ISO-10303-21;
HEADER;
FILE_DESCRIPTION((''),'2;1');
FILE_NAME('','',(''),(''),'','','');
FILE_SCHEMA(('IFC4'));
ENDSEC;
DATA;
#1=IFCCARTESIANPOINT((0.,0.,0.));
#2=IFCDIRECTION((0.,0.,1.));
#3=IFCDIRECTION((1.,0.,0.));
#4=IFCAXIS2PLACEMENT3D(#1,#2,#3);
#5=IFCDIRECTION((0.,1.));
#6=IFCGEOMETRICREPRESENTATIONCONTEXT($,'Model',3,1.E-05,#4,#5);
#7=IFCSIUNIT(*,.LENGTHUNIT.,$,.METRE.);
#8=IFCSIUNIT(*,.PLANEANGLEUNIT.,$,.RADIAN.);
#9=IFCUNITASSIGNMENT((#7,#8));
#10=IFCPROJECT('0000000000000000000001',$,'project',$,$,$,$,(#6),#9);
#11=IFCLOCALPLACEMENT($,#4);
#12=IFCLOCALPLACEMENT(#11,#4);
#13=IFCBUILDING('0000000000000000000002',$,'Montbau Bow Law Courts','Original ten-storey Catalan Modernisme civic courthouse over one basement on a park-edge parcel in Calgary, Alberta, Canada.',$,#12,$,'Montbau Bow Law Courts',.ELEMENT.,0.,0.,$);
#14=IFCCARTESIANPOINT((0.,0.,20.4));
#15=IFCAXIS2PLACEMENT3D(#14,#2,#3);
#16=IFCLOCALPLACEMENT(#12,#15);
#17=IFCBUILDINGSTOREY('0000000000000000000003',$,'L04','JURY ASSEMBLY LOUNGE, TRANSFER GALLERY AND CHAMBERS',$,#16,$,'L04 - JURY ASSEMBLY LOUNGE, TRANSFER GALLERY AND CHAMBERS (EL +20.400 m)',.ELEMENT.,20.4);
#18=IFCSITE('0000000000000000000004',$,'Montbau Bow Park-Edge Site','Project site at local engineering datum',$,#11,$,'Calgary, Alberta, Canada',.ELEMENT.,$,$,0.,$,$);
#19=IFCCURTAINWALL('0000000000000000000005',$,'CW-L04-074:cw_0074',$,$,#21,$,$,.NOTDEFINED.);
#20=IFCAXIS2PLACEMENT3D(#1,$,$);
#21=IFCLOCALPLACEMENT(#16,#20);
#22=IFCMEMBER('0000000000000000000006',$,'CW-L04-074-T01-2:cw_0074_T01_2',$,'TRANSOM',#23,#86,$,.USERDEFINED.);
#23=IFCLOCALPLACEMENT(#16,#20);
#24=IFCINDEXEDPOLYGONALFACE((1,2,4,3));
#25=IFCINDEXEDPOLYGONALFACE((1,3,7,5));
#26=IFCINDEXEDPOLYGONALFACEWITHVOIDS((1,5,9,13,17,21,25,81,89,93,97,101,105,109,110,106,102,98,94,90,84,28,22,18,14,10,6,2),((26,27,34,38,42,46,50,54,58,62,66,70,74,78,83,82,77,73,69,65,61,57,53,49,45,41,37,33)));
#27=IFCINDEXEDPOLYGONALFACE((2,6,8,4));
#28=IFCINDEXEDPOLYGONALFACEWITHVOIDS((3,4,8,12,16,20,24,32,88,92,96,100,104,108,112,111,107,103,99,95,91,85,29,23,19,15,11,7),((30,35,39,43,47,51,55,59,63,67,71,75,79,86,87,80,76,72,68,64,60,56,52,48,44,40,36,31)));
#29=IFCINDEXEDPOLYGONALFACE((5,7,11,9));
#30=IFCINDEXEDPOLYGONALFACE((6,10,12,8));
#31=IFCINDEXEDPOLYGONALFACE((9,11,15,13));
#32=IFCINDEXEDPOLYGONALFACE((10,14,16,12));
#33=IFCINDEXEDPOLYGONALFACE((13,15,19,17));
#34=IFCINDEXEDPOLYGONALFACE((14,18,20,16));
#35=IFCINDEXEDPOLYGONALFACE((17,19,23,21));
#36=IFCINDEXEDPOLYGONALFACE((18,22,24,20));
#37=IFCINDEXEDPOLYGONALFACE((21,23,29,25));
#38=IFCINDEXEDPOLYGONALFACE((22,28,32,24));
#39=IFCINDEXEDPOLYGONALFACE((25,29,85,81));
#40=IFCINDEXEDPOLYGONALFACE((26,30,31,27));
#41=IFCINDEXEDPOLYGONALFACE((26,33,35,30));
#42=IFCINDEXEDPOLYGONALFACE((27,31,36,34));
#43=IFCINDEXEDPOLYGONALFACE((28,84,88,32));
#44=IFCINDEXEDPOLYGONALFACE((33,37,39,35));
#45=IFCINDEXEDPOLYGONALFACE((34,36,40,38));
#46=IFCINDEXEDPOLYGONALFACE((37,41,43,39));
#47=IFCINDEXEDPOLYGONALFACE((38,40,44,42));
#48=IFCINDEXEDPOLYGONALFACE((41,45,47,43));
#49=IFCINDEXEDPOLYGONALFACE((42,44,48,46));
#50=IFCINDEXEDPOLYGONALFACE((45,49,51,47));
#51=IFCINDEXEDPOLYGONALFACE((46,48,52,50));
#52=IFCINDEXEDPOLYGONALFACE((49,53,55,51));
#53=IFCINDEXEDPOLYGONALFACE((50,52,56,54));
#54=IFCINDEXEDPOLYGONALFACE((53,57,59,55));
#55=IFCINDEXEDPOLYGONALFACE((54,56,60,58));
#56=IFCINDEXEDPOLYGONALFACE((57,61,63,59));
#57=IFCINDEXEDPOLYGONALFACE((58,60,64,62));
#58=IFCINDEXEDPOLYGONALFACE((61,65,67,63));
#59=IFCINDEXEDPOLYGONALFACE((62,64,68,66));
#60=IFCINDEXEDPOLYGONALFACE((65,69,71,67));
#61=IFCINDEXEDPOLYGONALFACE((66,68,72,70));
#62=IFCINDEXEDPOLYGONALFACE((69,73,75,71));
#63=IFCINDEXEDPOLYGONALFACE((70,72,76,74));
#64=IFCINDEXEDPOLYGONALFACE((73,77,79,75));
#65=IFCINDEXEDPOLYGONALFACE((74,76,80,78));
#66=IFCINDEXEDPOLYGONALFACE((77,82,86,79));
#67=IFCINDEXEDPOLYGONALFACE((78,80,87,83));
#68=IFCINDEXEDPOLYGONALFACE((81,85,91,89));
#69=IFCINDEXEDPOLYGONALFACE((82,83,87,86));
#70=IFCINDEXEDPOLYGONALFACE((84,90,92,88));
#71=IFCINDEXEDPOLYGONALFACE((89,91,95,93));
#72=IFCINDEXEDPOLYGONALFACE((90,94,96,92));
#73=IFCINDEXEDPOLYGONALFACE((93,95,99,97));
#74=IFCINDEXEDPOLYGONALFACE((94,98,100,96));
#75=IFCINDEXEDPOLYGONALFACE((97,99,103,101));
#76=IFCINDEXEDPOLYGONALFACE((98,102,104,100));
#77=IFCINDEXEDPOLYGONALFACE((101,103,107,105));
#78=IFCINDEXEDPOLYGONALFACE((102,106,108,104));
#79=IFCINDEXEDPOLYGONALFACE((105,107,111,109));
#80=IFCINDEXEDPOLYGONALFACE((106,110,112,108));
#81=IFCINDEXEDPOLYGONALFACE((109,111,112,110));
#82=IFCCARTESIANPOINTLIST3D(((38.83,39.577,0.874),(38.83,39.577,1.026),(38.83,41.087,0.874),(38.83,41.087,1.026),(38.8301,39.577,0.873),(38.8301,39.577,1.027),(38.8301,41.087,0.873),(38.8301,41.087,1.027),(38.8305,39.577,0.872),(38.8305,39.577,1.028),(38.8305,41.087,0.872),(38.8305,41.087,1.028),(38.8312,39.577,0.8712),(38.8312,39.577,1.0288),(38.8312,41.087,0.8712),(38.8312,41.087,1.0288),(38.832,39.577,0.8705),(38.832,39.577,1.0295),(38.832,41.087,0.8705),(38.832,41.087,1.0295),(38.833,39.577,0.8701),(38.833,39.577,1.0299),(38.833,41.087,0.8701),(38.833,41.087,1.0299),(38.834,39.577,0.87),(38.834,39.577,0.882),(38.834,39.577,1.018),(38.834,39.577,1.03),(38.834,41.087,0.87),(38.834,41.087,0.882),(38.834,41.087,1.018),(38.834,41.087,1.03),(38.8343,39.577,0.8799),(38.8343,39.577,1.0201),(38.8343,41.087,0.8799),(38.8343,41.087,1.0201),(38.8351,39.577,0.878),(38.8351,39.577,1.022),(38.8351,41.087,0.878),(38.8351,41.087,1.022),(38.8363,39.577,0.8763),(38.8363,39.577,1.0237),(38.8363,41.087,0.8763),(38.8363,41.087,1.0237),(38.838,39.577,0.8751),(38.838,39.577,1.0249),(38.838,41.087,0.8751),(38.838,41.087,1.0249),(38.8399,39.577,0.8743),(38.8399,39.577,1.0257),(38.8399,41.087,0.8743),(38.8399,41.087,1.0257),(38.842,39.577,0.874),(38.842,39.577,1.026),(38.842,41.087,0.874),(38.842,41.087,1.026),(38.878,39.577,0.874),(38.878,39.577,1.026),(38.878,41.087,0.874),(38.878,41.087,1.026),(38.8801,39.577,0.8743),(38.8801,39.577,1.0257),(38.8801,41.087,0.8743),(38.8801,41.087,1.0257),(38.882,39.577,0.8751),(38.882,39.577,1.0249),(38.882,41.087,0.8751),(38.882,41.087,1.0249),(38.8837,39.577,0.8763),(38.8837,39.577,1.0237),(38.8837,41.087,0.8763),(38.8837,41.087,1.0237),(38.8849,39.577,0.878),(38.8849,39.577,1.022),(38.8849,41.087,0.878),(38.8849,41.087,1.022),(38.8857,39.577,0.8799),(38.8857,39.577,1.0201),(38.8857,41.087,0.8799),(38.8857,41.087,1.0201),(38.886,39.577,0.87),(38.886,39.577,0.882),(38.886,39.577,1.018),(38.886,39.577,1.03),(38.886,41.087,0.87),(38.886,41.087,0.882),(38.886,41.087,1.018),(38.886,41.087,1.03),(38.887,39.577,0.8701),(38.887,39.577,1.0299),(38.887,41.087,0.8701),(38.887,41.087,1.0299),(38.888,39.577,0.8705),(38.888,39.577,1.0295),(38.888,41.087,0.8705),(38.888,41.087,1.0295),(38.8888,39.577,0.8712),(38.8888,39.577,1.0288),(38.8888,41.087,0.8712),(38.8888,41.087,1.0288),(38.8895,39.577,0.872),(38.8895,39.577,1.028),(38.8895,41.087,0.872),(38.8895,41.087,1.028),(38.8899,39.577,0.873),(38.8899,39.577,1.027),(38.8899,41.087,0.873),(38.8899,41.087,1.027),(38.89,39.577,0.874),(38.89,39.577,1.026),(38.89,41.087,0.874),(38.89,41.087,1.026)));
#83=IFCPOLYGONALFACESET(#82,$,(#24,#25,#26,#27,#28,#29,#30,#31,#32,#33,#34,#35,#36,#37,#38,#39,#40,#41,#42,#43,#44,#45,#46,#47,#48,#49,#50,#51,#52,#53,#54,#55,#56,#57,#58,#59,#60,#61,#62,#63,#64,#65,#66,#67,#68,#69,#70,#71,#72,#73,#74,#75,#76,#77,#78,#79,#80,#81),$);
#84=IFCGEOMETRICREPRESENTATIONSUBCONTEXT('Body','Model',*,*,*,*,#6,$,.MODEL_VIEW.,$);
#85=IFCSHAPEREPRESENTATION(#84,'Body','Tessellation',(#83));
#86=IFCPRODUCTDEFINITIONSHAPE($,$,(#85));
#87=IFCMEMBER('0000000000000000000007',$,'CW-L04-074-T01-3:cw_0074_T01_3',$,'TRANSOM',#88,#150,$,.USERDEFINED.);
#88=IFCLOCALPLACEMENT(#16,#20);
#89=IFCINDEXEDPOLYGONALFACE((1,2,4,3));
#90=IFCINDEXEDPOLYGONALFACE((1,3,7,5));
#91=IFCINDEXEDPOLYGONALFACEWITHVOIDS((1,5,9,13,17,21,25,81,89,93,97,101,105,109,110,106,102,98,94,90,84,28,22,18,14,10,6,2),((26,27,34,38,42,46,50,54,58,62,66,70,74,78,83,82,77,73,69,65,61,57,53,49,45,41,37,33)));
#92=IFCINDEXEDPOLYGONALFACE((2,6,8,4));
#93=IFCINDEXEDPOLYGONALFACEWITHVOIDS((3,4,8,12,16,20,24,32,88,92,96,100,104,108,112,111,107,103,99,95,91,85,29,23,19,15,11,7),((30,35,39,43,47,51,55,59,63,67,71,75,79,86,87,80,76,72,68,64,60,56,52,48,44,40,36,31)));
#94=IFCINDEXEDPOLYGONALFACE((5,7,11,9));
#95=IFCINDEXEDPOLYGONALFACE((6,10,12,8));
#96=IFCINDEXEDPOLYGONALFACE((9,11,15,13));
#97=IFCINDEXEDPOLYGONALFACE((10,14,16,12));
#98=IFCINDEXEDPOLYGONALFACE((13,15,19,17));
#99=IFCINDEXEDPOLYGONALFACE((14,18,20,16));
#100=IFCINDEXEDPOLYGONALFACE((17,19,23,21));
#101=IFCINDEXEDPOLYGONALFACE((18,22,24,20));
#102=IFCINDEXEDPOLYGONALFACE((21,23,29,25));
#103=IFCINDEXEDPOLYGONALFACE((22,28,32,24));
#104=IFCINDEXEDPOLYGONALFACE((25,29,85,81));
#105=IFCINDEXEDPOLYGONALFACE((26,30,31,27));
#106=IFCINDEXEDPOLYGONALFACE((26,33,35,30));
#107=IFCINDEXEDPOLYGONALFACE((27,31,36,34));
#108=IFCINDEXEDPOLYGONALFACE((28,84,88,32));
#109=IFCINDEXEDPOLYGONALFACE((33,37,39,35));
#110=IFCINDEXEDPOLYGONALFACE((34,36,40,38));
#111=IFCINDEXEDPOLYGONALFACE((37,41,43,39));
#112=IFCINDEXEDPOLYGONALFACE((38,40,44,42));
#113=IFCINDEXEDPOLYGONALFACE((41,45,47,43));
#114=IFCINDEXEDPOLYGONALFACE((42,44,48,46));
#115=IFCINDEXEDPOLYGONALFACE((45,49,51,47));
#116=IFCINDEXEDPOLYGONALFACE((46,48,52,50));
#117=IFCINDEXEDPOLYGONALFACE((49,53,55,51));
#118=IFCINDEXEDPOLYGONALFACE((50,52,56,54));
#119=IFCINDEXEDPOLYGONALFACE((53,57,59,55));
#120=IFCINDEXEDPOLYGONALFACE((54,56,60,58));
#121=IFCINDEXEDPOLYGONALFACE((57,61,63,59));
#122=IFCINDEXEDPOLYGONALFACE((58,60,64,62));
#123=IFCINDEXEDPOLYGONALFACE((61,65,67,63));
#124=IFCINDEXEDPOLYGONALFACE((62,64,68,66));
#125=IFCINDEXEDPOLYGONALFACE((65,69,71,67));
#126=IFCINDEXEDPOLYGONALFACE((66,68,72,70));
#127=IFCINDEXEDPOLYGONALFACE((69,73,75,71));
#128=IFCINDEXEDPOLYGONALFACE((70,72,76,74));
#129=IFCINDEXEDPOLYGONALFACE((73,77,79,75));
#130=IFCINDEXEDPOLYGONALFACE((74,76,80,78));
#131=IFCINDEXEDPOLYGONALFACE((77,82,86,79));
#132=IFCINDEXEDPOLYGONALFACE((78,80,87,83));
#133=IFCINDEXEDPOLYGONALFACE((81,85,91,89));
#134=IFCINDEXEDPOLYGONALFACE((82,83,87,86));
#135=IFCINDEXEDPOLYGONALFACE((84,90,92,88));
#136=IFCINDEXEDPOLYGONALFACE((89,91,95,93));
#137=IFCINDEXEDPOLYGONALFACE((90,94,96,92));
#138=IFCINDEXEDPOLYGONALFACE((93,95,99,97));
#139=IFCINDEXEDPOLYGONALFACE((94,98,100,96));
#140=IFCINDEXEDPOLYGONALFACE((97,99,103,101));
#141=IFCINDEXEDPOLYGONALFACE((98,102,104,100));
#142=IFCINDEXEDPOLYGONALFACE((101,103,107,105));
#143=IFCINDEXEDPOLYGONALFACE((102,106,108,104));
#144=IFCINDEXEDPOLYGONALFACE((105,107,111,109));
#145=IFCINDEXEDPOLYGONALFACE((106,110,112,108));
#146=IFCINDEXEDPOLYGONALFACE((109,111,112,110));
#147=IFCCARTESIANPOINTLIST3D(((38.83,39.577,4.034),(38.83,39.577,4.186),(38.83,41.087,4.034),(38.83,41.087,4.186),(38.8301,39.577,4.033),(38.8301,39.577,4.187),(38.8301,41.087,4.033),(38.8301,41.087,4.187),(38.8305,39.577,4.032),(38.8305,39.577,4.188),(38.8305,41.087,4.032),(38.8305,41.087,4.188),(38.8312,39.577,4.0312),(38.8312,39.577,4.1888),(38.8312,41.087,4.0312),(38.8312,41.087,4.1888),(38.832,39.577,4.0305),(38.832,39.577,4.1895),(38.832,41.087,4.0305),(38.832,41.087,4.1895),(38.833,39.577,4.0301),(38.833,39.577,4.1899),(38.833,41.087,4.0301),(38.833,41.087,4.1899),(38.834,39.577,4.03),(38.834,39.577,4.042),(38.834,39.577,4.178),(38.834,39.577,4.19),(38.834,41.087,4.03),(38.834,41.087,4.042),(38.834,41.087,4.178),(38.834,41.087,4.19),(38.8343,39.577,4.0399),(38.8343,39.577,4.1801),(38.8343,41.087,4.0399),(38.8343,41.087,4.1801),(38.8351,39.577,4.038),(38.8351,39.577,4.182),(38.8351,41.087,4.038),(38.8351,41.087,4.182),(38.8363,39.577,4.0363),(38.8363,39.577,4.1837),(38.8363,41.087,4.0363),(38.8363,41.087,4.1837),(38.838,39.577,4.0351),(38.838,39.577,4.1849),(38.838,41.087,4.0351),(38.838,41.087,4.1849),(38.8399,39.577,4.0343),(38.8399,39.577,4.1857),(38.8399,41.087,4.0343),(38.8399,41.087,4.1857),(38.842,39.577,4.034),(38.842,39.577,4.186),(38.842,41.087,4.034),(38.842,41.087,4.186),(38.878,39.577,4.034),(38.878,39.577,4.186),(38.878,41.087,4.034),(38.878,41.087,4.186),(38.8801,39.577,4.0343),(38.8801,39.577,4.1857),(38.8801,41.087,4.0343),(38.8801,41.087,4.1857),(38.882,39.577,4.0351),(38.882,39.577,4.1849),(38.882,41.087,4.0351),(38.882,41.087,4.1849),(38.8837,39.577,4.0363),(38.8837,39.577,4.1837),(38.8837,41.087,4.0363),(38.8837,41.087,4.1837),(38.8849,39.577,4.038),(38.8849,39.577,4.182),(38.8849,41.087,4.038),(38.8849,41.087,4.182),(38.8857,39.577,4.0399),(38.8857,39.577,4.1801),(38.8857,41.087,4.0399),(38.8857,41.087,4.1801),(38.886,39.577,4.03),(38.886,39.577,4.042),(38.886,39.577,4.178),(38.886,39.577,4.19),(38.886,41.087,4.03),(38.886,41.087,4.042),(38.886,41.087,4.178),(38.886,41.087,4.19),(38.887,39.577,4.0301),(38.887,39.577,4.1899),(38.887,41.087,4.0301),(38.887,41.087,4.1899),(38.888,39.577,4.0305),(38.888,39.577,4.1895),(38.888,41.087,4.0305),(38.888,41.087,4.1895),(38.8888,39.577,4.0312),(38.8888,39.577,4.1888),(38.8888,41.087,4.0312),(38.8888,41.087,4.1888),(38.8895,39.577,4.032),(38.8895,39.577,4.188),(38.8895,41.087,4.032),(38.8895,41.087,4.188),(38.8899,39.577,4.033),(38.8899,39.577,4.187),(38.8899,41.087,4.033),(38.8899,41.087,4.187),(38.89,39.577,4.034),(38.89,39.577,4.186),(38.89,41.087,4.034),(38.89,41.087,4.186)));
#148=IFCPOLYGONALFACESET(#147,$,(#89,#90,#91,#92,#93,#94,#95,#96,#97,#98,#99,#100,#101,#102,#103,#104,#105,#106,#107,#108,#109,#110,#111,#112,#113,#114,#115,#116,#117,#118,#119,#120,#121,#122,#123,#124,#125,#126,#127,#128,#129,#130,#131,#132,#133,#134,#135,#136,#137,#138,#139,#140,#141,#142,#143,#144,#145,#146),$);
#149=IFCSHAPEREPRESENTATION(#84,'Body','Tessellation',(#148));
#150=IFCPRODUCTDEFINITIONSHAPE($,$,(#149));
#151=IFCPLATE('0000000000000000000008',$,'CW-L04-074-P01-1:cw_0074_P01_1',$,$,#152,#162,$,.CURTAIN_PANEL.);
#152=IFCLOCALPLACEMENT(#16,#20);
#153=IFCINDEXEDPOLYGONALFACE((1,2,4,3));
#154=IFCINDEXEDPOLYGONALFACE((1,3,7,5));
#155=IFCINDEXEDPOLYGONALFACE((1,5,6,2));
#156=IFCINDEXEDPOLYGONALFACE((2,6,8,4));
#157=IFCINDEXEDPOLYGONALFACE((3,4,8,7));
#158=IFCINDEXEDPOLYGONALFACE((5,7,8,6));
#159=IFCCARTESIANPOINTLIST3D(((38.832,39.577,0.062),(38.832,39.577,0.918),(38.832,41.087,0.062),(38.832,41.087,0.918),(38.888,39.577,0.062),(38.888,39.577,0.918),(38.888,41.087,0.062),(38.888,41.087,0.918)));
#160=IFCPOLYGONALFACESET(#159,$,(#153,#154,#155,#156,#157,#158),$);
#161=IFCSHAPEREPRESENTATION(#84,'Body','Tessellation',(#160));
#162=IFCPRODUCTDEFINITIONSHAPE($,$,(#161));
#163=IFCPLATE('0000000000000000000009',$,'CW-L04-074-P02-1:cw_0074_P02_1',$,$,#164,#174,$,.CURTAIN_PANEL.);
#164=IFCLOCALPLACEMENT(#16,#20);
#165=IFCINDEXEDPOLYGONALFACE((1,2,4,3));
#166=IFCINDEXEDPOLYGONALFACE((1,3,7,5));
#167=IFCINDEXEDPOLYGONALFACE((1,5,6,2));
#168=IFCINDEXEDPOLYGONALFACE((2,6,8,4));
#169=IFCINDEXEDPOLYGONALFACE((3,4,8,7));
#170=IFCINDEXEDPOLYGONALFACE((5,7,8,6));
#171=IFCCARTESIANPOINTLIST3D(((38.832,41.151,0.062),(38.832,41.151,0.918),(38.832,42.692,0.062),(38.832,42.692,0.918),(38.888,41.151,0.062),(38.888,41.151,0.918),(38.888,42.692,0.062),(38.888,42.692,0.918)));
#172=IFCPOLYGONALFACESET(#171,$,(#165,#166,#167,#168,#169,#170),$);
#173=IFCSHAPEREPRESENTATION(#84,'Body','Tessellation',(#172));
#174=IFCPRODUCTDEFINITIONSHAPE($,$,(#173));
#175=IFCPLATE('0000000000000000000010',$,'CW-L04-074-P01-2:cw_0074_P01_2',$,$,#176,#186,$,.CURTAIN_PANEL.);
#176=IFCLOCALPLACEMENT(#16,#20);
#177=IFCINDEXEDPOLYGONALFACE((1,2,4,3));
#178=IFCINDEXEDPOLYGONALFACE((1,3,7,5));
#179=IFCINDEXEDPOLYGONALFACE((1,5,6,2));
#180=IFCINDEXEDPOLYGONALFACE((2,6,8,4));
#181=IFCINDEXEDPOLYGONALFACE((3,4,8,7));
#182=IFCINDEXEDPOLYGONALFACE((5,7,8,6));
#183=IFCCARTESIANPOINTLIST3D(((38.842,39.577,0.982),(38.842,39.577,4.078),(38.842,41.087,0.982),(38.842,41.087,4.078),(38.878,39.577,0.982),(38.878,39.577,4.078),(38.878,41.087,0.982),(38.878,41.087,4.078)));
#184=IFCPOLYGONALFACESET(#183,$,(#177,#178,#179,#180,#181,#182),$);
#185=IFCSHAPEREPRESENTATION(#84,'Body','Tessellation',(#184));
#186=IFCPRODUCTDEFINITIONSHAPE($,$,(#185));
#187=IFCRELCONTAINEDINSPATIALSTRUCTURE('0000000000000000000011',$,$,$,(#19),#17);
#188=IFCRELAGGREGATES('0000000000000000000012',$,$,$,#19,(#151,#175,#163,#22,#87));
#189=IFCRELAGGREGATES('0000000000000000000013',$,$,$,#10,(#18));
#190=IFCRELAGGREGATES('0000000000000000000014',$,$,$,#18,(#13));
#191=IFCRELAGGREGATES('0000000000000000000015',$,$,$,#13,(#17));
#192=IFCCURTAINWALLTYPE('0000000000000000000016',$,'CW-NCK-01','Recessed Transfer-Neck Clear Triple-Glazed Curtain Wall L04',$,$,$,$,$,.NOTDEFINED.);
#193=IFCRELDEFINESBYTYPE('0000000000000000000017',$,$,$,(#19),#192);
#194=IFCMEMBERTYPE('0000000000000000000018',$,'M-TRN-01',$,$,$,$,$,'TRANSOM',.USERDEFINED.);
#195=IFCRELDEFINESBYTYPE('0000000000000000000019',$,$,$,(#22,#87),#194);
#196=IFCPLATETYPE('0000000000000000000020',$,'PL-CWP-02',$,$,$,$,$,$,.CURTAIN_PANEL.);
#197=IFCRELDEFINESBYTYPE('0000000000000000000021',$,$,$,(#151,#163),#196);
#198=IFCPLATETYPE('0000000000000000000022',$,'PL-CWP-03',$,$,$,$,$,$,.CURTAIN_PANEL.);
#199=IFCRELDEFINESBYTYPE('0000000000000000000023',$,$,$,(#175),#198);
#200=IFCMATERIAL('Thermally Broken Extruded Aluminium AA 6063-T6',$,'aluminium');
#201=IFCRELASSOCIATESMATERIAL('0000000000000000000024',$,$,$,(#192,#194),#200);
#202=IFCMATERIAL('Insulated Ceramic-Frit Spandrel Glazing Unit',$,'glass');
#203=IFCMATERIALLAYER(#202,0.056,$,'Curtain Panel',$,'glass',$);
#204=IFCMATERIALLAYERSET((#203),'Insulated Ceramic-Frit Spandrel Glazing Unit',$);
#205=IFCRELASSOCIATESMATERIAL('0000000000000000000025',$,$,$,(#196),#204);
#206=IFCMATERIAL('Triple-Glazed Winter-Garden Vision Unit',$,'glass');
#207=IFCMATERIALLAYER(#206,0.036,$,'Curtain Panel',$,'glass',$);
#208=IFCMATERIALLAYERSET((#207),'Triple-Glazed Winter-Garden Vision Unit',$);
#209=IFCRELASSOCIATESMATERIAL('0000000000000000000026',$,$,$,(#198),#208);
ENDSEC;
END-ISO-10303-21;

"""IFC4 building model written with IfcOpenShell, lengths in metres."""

from ifc_helpers import new_model, si_unit, direction, frame, frame_2d, origin_with_axes, origin_2d_with_axis, place, context, subcontext, project, spatial, rectangle, hollow_rectangle, extrude, material, layer, layer_set, material_profile, profile_set, type_object, element, aggregate, save


model = new_model("IFC4")

# Units and contexts
model_context = context("Model", 3, precision=1e-05, world=origin_with_axes(), true_north=direction((0.0, 1.0)))
body_context = subcontext(model_context, "Body", "Model", "MODEL_VIEW")
ifc_project = project(units=[si_unit("LENGTHUNIT", "METRE"), si_unit("PLANEANGLEUNIT", "RADIAN")], contexts=[model_context])

# Site, building, storey
site_placement = place(None, origin_with_axes())
site = spatial("IfcSite", under=ifc_project, at=site_placement, Name="Montbau Bow Park-Edge Site", Description="Project site at local engineering datum", LongName="Calgary, Alberta, Canada", CompositionType="ELEMENT", RefElevation=0.0)
building_placement = place(site_placement, origin_with_axes())
building = spatial("IfcBuilding", under=site, at=building_placement, Name="Montbau Bow Law Courts", Description="Original ten-storey Catalan Modernisme civic courthouse over one basement on a park-edge parcel in Calgary, Alberta, Canada.", LongName="Montbau Bow Law Courts", CompositionType="ELEMENT", ElevationOfRefHeight=0.0, ElevationOfTerrain=0.0)
storey_placement = place(building_placement, frame((0.0, 0.0, 20.4), z_axis=(0.0, 0.0, 1.0), x_axis=(1.0, 0.0, 0.0)))
storey = spatial("IfcBuildingStorey", under=building, at=storey_placement, Name="L04", Description="JURY ASSEMBLY LOUNGE, TRANSFER GALLERY AND CHAMBERS", LongName="L04 - JURY ASSEMBLY LOUNGE, TRANSFER GALLERY AND CHAMBERS (EL +20.400 m)", CompositionType="ELEMENT", Elevation=20.4)

# Shared definitions
ifc_material_1 = material(Name="Thermally Broken Extruded Aluminium AA 6063-T6", Category="aluminium")
curtain_wall_type = type_object("IfcCurtainWallType", Name="CW-NCK-01", Description="Recessed Transfer-Neck Clear Triple-Glazed Curtain Wall L04", PredefinedType="NOTDEFINED", material=ifc_material_1)

# Curtain wall
curtain_wall_1_placement = place(None, frame((38.86, 39.515, 20.4), z_axis=(0.0, 0.0, 1.0), x_axis=(1.0, 0.0, 0.0)))
curtain_wall_1 = element("IfcCurtainWall", 1, at=curtain_wall_1_placement, inside=storey, type_object=curtain_wall_type, Name="CW-L04-074:cw_0074", PredefinedType="NOTDEFINED")

# Members
ifc_material_profile_1 = material_profile(ifc_material_1, hollow_rectangle(XDim=0.06, YDim=0.16, WallThickness=0.004, InnerFilletRadius=0.008, OuterFilletRadius=0.004, at=origin_2d_with_axis()), Name="CWT-160X60", Category="Main", Priority=0)
ifc_profile_set_1 = profile_set([ifc_material_profile_1], Name="Thermally Broken Extruded Aluminium AA 6063-T6")
member_type_1 = type_object("IfcMemberType", Name="M-TRN-01", ElementType="TRANSOM", PredefinedType="USERDEFINED", material=ifc_profile_set_1)
member_1_placement = place(None, frame((38.86, 39.577, 21.35), z_axis=(0.0, 1.0, 0.0), x_axis=(-1.0, 0.0, 0.0)))
member_1 = element("IfcMember", 2, at=member_1_placement, type_object=member_type_1, Name="CW-L04-074-T01-2:cw_0074_T01_2", ObjectType="TRANSOM", PredefinedType="USERDEFINED", context=body_context, shape_type="SweptSolid", body=[
    extrude(hollow_rectangle(XDim=0.06, YDim=0.16, WallThickness=0.004, InnerFilletRadius=0.008, OuterFilletRadius=0.004, at=origin_2d_with_axis()), origin_with_axes(), (0.0, 0.0, 1.0), 1.51),
])
member_2_placement = place(None, frame((38.86, 39.577, 24.51), z_axis=(0.0, 1.0, 0.0), x_axis=(-1.0, 0.0, 0.0)))
member_2 = element("IfcMember", 3, at=member_2_placement, type_object=member_type_1, Name="CW-L04-074-T01-3:cw_0074_T01_3", ObjectType="TRANSOM", PredefinedType="USERDEFINED", context=body_context, shape_type="SweptSolid", body=[
    extrude(hollow_rectangle(XDim=0.06, YDim=0.16, WallThickness=0.004, InnerFilletRadius=0.008, OuterFilletRadius=0.004, at=origin_2d_with_axis()), origin_with_axes(), (0.0, 0.0, 1.0), 1.51),
])

# Plates
ifc_material_2 = material(Name="Insulated Ceramic-Frit Spandrel Glazing Unit", Category="glass")
ifc_layer_1 = layer(ifc_material_2, 0.056, Name="Curtain Panel", Category="glass")
ifc_layer_set_1 = layer_set([ifc_layer_1], Name="Insulated Ceramic-Frit Spandrel Glazing Unit")
plate_type_1 = type_object("IfcPlateType", Name="PL-CWP-02", PredefinedType="CURTAIN_PANEL", material=ifc_layer_set_1)
plate_1_placement = place(None, frame((38.86, 39.577, 20.462), z_axis=(1.0, 0.0, 0.0), x_axis=(0.0, 1.0, 0.0)))
plate_1 = element("IfcPlate", 4, at=plate_1_placement, type_object=plate_type_1, Name="CW-L04-074-P01-1:cw_0074_P01_1", PredefinedType="CURTAIN_PANEL", context=body_context, shape_type="SweptSolid", body=[
    extrude(rectangle(XDim=1.51, YDim=0.856, at=frame_2d((0.755, 0.428), x_axis=(1.0, 0.0))), frame((0.0, 0.0, -0.028), z_axis=(0.0, 0.0, 1.0), x_axis=(1.0, 0.0, 0.0)), (0.0, 0.0, 1.0), 0.056),
])
plate_2_placement = place(None, frame((38.86, 41.151, 20.462), z_axis=(1.0, 0.0, 0.0), x_axis=(0.0, 1.0, 0.0)))
plate_2 = element("IfcPlate", 5, at=plate_2_placement, type_object=plate_type_1, Name="CW-L04-074-P02-1:cw_0074_P02_1", PredefinedType="CURTAIN_PANEL", context=body_context, shape_type="SweptSolid", body=[
    extrude(rectangle(XDim=1.541, YDim=0.856, at=frame_2d((0.7705, 0.428), x_axis=(1.0, 0.0))), frame((0.0, 0.0, -0.028), z_axis=(0.0, 0.0, 1.0), x_axis=(1.0, 0.0, 0.0)), (0.0, 0.0, 1.0), 0.056),
])
ifc_material_3 = material(Name="Triple-Glazed Winter-Garden Vision Unit", Category="glass")
ifc_layer_2 = layer(ifc_material_3, 0.036, Name="Curtain Panel", Category="glass")
ifc_layer_set_2 = layer_set([ifc_layer_2], Name="Triple-Glazed Winter-Garden Vision Unit")
plate_type_2 = type_object("IfcPlateType", Name="PL-CWP-03", PredefinedType="CURTAIN_PANEL", material=ifc_layer_set_2)
plate_3_placement = place(None, frame((38.86, 39.577, 21.382), z_axis=(1.0, 0.0, 0.0), x_axis=(0.0, 1.0, 0.0)))
plate_3 = element("IfcPlate", 6, at=plate_3_placement, type_object=plate_type_2, Name="CW-L04-074-P01-2:cw_0074_P01_2", PredefinedType="CURTAIN_PANEL", context=body_context, shape_type="SweptSolid", body=[
    extrude(rectangle(XDim=1.51, YDim=3.096, at=frame_2d((0.755, 1.548), x_axis=(1.0, 0.0))), frame((0.0, 0.0, -0.018), z_axis=(0.0, 0.0, 1.0), x_axis=(1.0, 0.0, 0.0)), (0.0, 0.0, 1.0), 0.036),
])
aggregate(curtain_wall_1, [plate_1, plate_3, plate_2, member_1, member_2])

save(model, "model.ifc")
